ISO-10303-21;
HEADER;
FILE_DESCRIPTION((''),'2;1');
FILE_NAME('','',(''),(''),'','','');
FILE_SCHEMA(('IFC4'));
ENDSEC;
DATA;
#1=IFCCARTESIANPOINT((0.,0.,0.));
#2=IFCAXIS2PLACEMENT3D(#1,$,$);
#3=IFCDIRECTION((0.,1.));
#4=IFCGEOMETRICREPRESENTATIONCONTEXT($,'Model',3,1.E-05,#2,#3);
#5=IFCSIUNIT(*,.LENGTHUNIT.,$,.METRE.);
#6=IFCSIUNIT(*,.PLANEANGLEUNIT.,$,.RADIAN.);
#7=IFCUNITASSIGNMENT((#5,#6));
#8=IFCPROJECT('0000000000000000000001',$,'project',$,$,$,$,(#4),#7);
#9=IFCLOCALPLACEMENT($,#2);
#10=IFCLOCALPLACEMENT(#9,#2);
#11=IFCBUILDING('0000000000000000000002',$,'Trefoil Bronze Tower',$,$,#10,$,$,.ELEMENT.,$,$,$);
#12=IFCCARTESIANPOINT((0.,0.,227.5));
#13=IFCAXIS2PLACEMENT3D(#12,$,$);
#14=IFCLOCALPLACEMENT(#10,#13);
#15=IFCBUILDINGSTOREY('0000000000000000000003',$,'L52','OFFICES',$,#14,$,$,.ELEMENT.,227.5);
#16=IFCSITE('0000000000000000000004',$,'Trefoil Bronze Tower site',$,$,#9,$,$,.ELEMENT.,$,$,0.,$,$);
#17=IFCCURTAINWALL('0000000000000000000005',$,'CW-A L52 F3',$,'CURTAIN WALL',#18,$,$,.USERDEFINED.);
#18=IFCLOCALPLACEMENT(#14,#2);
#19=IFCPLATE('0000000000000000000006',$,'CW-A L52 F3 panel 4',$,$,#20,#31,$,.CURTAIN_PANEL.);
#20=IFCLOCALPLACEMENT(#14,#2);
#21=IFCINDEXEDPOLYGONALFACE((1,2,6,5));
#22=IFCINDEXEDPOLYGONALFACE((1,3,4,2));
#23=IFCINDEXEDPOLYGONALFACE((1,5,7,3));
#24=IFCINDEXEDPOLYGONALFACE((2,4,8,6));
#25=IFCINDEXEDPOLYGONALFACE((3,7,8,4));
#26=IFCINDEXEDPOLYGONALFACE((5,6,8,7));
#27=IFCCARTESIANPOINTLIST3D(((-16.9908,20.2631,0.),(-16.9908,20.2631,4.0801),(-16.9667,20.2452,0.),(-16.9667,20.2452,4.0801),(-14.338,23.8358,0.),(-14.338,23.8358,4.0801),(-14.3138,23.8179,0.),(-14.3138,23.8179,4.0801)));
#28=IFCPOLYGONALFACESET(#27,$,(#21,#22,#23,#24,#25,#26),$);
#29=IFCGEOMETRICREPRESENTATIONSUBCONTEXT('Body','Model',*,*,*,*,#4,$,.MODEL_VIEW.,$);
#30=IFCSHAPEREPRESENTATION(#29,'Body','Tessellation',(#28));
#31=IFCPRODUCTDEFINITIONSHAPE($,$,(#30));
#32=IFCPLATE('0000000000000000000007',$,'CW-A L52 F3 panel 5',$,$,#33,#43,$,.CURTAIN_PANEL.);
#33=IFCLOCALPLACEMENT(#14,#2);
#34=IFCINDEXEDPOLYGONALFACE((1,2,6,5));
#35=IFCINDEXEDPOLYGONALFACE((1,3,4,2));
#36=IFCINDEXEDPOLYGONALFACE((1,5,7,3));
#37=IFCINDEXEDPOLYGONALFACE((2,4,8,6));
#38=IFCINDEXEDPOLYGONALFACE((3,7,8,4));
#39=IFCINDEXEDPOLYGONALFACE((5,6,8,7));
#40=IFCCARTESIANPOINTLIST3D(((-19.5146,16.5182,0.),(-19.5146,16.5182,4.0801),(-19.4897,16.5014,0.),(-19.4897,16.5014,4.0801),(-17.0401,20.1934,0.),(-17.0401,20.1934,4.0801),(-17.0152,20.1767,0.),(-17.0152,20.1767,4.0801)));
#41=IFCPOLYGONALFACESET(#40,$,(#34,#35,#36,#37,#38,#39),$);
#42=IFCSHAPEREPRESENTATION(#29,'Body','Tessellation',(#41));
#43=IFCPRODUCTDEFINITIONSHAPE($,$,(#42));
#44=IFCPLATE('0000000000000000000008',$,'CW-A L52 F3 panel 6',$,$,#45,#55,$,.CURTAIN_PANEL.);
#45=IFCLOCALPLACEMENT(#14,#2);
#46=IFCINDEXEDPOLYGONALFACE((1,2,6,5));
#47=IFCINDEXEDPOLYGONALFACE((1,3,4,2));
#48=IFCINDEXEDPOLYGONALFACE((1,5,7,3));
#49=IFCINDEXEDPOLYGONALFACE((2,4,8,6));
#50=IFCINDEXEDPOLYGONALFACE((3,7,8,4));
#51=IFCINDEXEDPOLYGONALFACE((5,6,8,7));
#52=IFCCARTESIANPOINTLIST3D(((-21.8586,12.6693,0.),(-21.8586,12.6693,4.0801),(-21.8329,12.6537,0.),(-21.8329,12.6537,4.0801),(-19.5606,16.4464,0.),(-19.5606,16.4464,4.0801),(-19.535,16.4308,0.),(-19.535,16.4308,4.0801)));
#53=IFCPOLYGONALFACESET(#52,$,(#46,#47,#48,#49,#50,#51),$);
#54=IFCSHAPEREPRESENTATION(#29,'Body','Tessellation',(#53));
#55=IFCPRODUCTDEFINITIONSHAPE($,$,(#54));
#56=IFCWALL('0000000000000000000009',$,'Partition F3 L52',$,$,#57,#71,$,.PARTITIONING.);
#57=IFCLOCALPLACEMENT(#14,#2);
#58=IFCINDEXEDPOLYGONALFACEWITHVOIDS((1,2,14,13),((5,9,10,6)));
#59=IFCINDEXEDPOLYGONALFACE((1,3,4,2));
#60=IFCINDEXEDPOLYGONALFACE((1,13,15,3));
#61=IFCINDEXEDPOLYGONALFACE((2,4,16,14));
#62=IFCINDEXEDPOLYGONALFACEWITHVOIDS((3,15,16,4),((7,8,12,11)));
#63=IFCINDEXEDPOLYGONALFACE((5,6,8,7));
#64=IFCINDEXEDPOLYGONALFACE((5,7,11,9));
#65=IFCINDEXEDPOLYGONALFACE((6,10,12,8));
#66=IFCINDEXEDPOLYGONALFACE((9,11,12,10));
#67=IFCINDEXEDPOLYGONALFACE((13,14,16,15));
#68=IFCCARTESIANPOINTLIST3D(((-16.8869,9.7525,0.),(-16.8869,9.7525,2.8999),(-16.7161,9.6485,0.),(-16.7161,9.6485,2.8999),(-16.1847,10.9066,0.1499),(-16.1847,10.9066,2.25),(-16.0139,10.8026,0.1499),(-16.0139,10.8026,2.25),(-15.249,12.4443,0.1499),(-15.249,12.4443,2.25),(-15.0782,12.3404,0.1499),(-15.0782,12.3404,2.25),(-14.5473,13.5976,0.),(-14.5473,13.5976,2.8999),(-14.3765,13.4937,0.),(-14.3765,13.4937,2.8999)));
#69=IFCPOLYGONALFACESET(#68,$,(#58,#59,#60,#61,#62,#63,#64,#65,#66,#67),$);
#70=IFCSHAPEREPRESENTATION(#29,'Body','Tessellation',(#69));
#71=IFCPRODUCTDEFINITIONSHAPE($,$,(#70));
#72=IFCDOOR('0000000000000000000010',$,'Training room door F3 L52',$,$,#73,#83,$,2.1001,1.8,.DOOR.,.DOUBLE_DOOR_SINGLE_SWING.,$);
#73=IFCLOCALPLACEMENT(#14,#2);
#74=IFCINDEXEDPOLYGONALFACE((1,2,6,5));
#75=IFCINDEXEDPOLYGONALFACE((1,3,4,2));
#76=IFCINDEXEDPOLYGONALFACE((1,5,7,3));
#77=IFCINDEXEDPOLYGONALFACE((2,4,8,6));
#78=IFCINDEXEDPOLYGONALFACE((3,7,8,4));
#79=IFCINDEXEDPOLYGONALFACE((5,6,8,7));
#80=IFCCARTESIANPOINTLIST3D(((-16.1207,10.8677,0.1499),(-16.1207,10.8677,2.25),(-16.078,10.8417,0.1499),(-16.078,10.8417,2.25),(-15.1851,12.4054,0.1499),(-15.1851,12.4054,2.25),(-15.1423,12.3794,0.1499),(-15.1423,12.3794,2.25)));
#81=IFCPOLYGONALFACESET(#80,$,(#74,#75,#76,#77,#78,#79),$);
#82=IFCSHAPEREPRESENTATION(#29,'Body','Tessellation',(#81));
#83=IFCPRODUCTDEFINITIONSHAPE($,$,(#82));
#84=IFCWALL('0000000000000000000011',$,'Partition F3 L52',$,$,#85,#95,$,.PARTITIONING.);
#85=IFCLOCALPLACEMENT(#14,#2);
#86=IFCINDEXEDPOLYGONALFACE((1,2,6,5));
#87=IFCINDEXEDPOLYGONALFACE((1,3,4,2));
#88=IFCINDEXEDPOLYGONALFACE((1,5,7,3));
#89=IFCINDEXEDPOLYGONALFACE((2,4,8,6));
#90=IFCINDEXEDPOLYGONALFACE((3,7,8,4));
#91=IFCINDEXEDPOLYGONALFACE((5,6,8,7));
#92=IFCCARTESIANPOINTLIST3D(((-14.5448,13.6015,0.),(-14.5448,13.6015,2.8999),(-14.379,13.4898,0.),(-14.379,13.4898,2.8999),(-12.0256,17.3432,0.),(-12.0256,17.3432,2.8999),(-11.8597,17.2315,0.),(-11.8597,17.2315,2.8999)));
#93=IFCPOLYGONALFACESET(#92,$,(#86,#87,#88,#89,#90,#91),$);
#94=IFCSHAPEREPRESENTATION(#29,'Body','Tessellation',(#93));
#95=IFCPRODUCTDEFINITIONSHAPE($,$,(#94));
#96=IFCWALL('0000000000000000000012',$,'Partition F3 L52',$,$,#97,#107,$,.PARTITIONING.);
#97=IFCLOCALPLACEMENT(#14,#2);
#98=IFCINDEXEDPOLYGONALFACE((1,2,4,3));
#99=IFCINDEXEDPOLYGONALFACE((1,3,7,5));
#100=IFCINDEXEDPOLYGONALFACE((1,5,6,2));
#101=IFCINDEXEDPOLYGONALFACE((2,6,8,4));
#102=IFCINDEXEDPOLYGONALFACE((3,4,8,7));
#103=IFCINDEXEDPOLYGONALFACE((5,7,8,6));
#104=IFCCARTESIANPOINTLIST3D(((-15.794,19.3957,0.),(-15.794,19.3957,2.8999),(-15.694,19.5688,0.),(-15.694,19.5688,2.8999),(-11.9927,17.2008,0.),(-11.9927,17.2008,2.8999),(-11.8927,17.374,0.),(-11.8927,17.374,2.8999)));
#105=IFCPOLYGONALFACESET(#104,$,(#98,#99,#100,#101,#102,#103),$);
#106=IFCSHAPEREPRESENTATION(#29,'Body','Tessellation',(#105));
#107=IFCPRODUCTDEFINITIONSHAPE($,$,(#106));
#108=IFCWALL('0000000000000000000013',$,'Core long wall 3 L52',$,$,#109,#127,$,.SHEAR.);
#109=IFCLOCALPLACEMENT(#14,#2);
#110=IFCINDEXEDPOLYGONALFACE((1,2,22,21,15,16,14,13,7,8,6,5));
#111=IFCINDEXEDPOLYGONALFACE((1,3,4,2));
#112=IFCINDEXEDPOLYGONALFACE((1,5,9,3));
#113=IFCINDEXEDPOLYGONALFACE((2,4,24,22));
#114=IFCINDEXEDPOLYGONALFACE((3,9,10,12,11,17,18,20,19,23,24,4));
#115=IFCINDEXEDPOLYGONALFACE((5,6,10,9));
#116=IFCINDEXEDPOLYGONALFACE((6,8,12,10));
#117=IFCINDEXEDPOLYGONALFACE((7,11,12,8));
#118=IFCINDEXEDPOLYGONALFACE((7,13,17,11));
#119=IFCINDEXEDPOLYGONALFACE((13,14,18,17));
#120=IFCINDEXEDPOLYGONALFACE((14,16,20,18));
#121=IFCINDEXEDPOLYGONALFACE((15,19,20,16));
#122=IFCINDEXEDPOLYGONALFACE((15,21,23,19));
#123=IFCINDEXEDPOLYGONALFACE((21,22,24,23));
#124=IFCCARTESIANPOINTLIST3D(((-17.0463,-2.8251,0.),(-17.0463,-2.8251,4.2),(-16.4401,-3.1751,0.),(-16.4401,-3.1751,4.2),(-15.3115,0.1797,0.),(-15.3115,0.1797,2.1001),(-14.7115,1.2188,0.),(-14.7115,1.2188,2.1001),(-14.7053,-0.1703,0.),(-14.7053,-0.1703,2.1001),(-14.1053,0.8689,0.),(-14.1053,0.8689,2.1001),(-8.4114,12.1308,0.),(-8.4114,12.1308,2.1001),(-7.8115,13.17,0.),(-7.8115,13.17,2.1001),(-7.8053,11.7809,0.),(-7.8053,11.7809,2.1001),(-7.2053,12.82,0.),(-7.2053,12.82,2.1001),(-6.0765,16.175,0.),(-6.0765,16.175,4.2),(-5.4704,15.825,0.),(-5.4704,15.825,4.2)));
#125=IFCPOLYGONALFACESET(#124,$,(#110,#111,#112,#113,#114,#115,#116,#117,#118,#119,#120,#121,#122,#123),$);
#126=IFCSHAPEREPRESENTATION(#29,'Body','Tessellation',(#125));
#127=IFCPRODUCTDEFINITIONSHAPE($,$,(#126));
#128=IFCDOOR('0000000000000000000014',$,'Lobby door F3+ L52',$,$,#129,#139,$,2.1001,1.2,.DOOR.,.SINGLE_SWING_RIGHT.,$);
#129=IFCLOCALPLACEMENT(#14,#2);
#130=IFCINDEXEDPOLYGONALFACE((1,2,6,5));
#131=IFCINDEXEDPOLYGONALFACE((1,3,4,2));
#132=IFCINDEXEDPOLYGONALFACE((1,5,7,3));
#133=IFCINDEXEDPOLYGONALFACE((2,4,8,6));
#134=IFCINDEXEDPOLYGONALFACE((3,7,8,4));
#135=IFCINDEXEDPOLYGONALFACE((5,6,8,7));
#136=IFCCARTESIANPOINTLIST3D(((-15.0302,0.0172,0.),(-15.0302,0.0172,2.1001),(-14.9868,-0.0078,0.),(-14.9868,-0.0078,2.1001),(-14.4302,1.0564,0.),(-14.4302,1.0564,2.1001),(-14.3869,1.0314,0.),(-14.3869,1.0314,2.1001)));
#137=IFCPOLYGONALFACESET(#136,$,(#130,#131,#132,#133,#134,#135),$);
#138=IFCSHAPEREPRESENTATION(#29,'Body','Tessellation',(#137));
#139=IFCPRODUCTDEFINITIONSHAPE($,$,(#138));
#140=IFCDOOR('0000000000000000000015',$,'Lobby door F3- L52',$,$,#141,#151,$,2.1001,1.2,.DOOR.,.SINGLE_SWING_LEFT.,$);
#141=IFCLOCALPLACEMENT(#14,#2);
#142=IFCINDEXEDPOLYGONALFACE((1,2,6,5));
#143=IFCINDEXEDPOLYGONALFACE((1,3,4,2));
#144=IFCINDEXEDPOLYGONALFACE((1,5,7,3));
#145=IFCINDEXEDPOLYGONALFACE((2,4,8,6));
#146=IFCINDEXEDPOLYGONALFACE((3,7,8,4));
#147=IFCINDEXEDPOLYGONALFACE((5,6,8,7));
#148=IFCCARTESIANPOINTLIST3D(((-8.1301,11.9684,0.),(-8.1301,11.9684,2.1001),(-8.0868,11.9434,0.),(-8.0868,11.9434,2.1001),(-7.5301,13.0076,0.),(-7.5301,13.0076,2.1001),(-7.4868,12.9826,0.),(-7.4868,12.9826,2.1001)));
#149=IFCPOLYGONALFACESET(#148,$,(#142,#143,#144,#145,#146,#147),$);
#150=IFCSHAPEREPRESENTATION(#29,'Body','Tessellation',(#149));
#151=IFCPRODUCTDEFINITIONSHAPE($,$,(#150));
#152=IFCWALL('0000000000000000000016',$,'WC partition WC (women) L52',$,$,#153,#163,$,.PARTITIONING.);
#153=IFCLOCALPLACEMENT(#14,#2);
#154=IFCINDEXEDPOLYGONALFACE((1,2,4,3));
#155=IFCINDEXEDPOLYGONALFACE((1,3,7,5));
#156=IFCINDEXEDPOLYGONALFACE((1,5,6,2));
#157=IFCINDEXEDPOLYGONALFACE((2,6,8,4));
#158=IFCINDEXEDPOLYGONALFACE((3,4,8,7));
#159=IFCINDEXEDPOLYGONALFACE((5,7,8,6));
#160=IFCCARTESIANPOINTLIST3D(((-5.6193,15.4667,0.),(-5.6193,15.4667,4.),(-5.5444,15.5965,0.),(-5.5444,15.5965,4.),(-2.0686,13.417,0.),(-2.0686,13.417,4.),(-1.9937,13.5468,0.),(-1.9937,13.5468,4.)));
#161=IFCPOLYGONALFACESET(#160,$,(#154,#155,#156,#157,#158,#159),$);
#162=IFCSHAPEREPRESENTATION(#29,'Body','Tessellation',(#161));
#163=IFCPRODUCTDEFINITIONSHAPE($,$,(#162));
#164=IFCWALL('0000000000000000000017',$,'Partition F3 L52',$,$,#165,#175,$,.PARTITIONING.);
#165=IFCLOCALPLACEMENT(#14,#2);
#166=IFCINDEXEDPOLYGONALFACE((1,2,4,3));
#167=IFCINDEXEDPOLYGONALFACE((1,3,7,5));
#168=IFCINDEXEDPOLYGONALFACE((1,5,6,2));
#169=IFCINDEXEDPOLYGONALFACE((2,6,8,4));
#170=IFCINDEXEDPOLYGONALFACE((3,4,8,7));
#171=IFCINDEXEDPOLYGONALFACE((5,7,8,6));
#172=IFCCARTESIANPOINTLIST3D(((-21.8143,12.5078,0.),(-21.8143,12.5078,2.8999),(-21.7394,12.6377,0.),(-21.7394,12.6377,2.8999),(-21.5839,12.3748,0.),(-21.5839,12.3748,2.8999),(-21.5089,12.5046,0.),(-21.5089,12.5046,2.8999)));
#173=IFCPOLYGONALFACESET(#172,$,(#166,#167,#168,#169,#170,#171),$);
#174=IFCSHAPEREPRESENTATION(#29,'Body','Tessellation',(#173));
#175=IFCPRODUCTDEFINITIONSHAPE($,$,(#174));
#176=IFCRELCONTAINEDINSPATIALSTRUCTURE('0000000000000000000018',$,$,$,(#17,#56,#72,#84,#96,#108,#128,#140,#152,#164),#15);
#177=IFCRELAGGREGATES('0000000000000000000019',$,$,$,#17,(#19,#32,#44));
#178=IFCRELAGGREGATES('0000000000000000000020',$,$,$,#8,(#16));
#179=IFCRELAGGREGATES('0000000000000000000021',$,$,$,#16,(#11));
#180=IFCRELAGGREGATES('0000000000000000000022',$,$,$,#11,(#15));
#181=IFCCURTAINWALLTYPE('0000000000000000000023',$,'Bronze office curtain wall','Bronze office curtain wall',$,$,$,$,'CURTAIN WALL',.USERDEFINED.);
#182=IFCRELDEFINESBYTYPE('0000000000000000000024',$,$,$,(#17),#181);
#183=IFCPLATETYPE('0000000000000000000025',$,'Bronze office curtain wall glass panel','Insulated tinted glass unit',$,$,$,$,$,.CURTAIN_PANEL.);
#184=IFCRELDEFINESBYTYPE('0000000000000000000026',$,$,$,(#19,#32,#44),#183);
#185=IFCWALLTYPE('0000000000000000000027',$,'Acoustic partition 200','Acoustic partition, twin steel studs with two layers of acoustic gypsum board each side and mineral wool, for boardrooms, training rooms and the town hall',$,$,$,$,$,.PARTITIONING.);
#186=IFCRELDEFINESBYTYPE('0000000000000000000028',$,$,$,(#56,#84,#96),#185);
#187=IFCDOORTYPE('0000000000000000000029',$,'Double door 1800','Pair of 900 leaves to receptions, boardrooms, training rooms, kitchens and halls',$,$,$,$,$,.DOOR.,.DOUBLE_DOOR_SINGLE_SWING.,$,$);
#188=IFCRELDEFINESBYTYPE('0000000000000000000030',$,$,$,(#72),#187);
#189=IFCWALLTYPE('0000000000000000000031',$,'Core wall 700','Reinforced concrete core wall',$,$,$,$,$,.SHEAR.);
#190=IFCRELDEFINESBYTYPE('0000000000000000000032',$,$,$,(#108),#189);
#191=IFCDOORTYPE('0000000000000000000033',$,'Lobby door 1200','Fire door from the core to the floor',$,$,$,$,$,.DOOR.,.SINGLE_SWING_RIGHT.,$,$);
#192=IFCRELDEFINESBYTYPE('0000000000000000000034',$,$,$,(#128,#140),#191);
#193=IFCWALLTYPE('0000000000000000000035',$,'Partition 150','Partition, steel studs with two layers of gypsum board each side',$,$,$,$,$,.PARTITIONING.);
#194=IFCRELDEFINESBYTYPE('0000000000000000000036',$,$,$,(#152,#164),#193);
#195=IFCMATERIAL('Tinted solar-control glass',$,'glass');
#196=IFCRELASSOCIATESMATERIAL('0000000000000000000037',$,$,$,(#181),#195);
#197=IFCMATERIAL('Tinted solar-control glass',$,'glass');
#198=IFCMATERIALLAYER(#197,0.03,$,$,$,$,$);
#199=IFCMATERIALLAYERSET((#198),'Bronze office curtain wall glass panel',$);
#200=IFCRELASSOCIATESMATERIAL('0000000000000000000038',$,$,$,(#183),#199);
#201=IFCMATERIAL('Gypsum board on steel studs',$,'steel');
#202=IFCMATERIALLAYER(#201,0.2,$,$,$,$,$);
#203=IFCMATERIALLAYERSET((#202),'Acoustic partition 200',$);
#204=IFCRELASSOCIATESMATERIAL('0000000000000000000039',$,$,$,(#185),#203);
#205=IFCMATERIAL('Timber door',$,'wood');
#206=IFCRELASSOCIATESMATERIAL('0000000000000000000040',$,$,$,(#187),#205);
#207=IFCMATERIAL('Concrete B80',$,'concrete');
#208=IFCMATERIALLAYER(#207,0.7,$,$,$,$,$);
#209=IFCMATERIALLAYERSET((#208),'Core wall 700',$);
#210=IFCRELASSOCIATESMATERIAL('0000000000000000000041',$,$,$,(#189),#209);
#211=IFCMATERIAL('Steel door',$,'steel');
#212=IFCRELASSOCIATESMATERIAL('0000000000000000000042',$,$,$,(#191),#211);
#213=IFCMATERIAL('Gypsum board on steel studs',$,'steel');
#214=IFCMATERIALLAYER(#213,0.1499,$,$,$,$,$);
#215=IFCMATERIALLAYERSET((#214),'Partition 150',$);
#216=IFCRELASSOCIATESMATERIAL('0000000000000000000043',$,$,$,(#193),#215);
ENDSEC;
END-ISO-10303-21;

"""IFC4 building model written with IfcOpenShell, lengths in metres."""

from ifc_helpers import new_model, si_unit, direction, frame, frame_2d, origin, origin_2d, place, context, subcontext, project, spatial, rectangle, extrude, material, layer, layer_set, type_object, element, fill, aggregate, save


model = new_model("IFC4")

# Units and contexts
model_context = context("Model", 3, precision=1e-05, world=origin(), true_north=direction((0.0, 1.0)))
body_context = subcontext(model_context, "Body", "Model", "MODEL_VIEW")
ifc_project = project(units=[si_unit("LENGTHUNIT", "METRE"), si_unit("PLANEANGLEUNIT", "RADIAN")], contexts=[model_context])

# Site, building, storey
site_placement = place(None, origin())
site = spatial("IfcSite", under=ifc_project, at=site_placement, Name="Trefoil Bronze Tower site", CompositionType="ELEMENT", RefElevation=0.0)
building_placement = place(site_placement, origin())
building = spatial("IfcBuilding", under=site, at=building_placement, Name="Trefoil Bronze Tower", CompositionType="ELEMENT")
storey_placement = place(building_placement, frame((0.0, 0.0, 227.5)))
storey = spatial("IfcBuildingStorey", under=building, at=storey_placement, Name="L52", Description="OFFICES", CompositionType="ELEMENT", Elevation=227.5)

# Curtain wall
ifc_material_1 = material(Name="Tinted solar-control glass", Category="glass")
curtain_wall_type = type_object("IfcCurtainWallType", Name="Bronze office curtain wall", Description="Bronze office curtain wall", ElementType="CURTAIN WALL", PredefinedType="USERDEFINED", material=ifc_material_1)
curtain_wall_placement = place(storey_placement, origin())
curtain_wall = element("IfcCurtainWall", 1, at=curtain_wall_placement, inside=storey, type_object=curtain_wall_type, Name="CW-A L52 F3", ObjectType="CURTAIN WALL", PredefinedType="USERDEFINED")

# Plates
ifc_material_2 = material(Name="Tinted solar-control glass", Category="glass")
ifc_layer_1 = layer(ifc_material_2, 0.03)
ifc_layer_set_1 = layer_set([ifc_layer_1], Name="Bronze office curtain wall glass panel")
plate_type = type_object("IfcPlateType", Name="Bronze office curtain wall glass panel", Description="Insulated tinted glass unit", PredefinedType="CURTAIN_PANEL", material=ifc_layer_set_1)
plate_1_placement = place(storey_placement, frame((-15.6523, 22.0405, 0.0), z_axis=(0.0, 0.0, 1.0), x_axis=(-0.596162, -0.802865, 0.0)))
plate_1 = element("IfcPlate", 2, at=plate_1_placement, type_object=plate_type, Name="CW-A L52 F3 panel 4", PredefinedType="CURTAIN_PANEL", context=body_context, shape_type="SweptSolid", body=[
    extrude(rectangle(XDim=4.45, YDim=0.03, at=origin_2d()), origin(), (0.0, 0.0, 1.0), 4.0801),
])
plate_2_placement = place(storey_placement, frame((-18.2649, 18.3474, 0.0), z_axis=(0.0, 0.0, 1.0), x_axis=(-0.558493, -0.829509, 0.0)))
plate_2 = element("IfcPlate", 3, at=plate_2_placement, type_object=plate_type, Name="CW-A L52 F3 panel 5", PredefinedType="CURTAIN_PANEL", context=body_context, shape_type="SweptSolid", body=[
    extrude(rectangle(XDim=4.4307, YDim=0.03, at=origin_2d()), origin(), (0.0, 0.0, 1.0), 4.0801),
])
plate_3_placement = place(storey_placement, frame((-20.6968, 14.55, 0.0), z_axis=(0.0, 0.0, 1.0), x_axis=(-0.519762, -0.854311, 0.0)))
plate_3 = element("IfcPlate", 4, at=plate_3_placement, type_object=plate_type, Name="CW-A L52 F3 panel 6", PredefinedType="CURTAIN_PANEL", context=body_context, shape_type="SweptSolid", body=[
    extrude(rectangle(XDim=4.4211, YDim=0.03, at=origin_2d()), origin(), (0.0, 0.0, 1.0), 4.0801),
])
aggregate(curtain_wall, [plate_1, plate_2, plate_3])

# Wall, opening, door
ifc_material_3 = material(Name="Gypsum board on steel studs", Category="steel")
ifc_layer_2 = layer(ifc_material_3, 0.2)
ifc_layer_set_2 = layer_set([ifc_layer_2], Name="Acoustic partition 200")
wall_type_1 = type_object("IfcWallType", Name="Acoustic partition 200", Description="Acoustic partition, twin steel studs with two layers of acoustic gypsum board each side and mineral wool, for boardrooms, training rooms and the town hall", PredefinedType="PARTITIONING", material=ifc_layer_set_2)
wall_1_placement = place(storey_placement, frame((-14.4619, 13.5457, 0.0), z_axis=(0.0, 0.0, 1.0), x_axis=(-0.51979, -0.854294, 0.0)))
wall_1 = element("IfcWall", 5, at=wall_1_placement, inside=storey, type_object=wall_type_1, Name="Partition F3 L52", PredefinedType="PARTITIONING", context=body_context, shape_type="SweptSolid", body=[
    extrude(rectangle(XDim=4.501, YDim=0.2, at=frame_2d((2.2505, 0.0))), origin(), (0.0, 0.0, 1.0), 2.8999),
])
opening_1_placement = place(wall_1_placement, frame((1.3501, 0.0, 0.1499)))
opening_1 = element("IfcOpeningElement", 6, at=opening_1_placement, cuts=wall_1, PredefinedType="OPENING", context=body_context, shape_type="SweptSolid", body=[
    extrude(rectangle(XDim=1.8, YDim=2.1001, at=frame_2d((0.8999, 1.05))), frame((0.0, 0.1099, 0.0), z_axis=(0.0, -1.0, 0.0), x_axis=(1.0, 0.0, 0.0)), (0.0, 0.0, 1.0), 0.22),
])
ifc_material_4 = material(Name="Timber door", Category="wood")
door_type_1 = type_object("IfcDoorType", Name="Double door 1800", Description="Pair of 900 leaves to receptions, boardrooms, training rooms, kitchens and halls", OperationType="DOUBLE_DOOR_SINGLE_SWING", PredefinedType="DOOR", material=ifc_material_4)
door_1_placement = place(opening_1_placement, origin())
door_1 = element("IfcDoor", 7, at=door_1_placement, inside=storey, type_object=door_type_1, Name="Training room door F3 L52", OperationType="DOUBLE_DOOR_SINGLE_SWING", OverallHeight=2.1001, OverallWidth=1.8, PredefinedType="DOOR", context=body_context, shape_type="SweptSolid", body=[
    extrude(rectangle(XDim=1.8, YDim=2.1001, at=frame_2d((0.8999, 1.05))), frame((0.0, 0.0249, 0.0), z_axis=(0.0, -1.0, 0.0), x_axis=(1.0, 0.0, 0.0)), (0.0, 0.0, 1.0), 0.05),
])
fill(opening_1, door_1)

# Walls
wall_2_placement = place(storey_placement, frame((-11.9426, 17.2874, 0.0), z_axis=(0.0, 0.0, 1.0), x_axis=(-0.558504, -0.829502, 0.0)))
element("IfcWall", 8, at=wall_2_placement, inside=storey, type_object=wall_type_1, Name="Partition F3 L52", PredefinedType="PARTITIONING", context=body_context, shape_type="SweptSolid", body=[
    extrude(rectangle(XDim=4.5107, YDim=0.2, at=frame_2d((2.2554, 0.0))), origin(), (0.0, 0.0, 1.0), 2.8999),
])
wall_3_placement = place(storey_placement, frame((-11.9426, 17.2874, 0.0), z_axis=(0.0, 0.0, 1.0), x_axis=(-0.86601, 0.500027, 0.0)))
element("IfcWall", 9, at=wall_3_placement, inside=storey, type_object=wall_type_1, Name="Partition F3 L52", PredefinedType="PARTITIONING", context=body_context, shape_type="SweptSolid", body=[
    extrude(rectangle(XDim=4.3894, YDim=0.2, at=frame_2d((2.1948, 0.0))), origin(), (0.0, 0.0, 1.0), 2.8999),
])

# Wall, openings, doors
ifc_material_5 = material(Name="Concrete B80", Category="concrete")
ifc_layer_3 = layer(ifc_material_5, 0.7)
ifc_layer_set_3 = layer_set([ifc_layer_3], Name="Core wall 700")
wall_type_2 = type_object("IfcWallType", Name="Core wall 700", Description="Reinforced concrete core wall", PredefinedType="SHEAR", material=ifc_layer_set_3)
wall_4_placement = place(storey_placement, frame((-5.7734, 16.0, 0.0), z_axis=(0.0, 0.0, 1.0), x_axis=(-0.500002, -0.866024, 0.0)))
wall_4 = element("IfcWall", 10, at=wall_4_placement, inside=storey, type_object=wall_type_2, Name="Core long wall 3 L52", PredefinedType="SHEAR", context=body_context, shape_type="SweptSolid", body=[
    extrude(rectangle(XDim=21.9395, YDim=0.7, at=frame_2d((10.9697, 0.0))), origin(), (0.0, 0.0, 1.0), 4.2),
])
opening_2_placement = place(wall_4_placement, frame((17.2698, 0.0, 0.0)))
opening_2 = element("IfcOpeningElement", 11, at=opening_2_placement, cuts=wall_4, PredefinedType="OPENING", context=body_context, shape_type="SweptSolid", body=[
    extrude(rectangle(XDim=1.2, YDim=2.1001, at=frame_2d((0.6001, 1.05))), frame((0.0, 0.3599, 0.0), z_axis=(0.0, -1.0, 0.0), x_axis=(1.0, 0.0, 0.0)), (0.0, 0.0, 1.0), 0.72),
])
opening_3_placement = place(wall_4_placement, frame((3.4697, 0.0, 0.0)))
opening_3 = element("IfcOpeningElement", 12, at=opening_3_placement, cuts=wall_4, PredefinedType="OPENING", context=body_context, shape_type="SweptSolid", body=[
    extrude(rectangle(XDim=1.2, YDim=2.1001, at=frame_2d((0.6001, 1.05))), frame((0.0, 0.3599, 0.0), z_axis=(0.0, -1.0, 0.0), x_axis=(1.0, 0.0, 0.0)), (0.0, 0.0, 1.0), 0.72),
])
ifc_material_6 = material(Name="Steel door", Category="steel")
door_type_2 = type_object("IfcDoorType", Name="Lobby door 1200", Description="Fire door from the core to the floor", OperationType="SINGLE_SWING_RIGHT", PredefinedType="DOOR", material=ifc_material_6)
door_2_placement = place(opening_2_placement, origin())
door_2 = element("IfcDoor", 13, at=door_2_placement, inside=storey, type_object=door_type_2, Name="Lobby door F3+ L52", OperationType="SINGLE_SWING_RIGHT", OverallHeight=2.1001, OverallWidth=1.2, PredefinedType="DOOR", context=body_context, shape_type="SweptSolid", body=[
    extrude(rectangle(XDim=1.2, YDim=2.1001, at=frame_2d((0.6001, 1.05))), frame((0.0, 0.0249, 0.0), z_axis=(0.0, -1.0, 0.0), x_axis=(1.0, 0.0, 0.0)), (0.0, 0.0, 1.0), 0.05),
])
fill(opening_2, door_2)
door_3_placement = place(opening_3_placement, origin())
door_3 = element("IfcDoor", 14, at=door_3_placement, inside=storey, type_object=door_type_2, Name="Lobby door F3- L52", OperationType="SINGLE_SWING_LEFT", OverallHeight=2.1001, OverallWidth=1.2, PredefinedType="DOOR", context=body_context, shape_type="SweptSolid", body=[
    extrude(rectangle(XDim=1.2, YDim=2.1001, at=frame_2d((0.6001, 1.05))), frame((0.0, 0.0249, 0.0), z_axis=(0.0, -1.0, 0.0), x_axis=(1.0, 0.0, 0.0)), (0.0, 0.0, 1.0), 0.05),
])
fill(opening_3, door_3)

# Walls
ifc_material_7 = material(Name="Gypsum board on steel studs", Category="steel")
ifc_layer_4 = layer(ifc_material_7, 0.1499)
ifc_layer_set_4 = layer_set([ifc_layer_4], Name="Partition 150")
wall_type_3 = type_object("IfcWallType", Name="Partition 150", Description="Partition, steel studs with two layers of gypsum board each side", PredefinedType="PARTITIONING", material=ifc_layer_set_4)
wall_5_placement = place(storey_placement, frame((-2.0312, 13.4819, 0.0), z_axis=(0.0, 0.0, 1.0), x_axis=(-0.866051, 0.499956, 0.0)))
element("IfcWall", 15, at=wall_5_placement, inside=storey, type_object=wall_type_3, Name="WC partition WC (women) L52", PredefinedType="PARTITIONING", context=body_context, shape_type="SweptSolid", body=[
    extrude(rectangle(XDim=4.0999, YDim=0.1499, at=frame_2d((2.0498, 0.0))), origin(), (0.0, 0.0, 1.0), 4.0),
])
wall_6_placement = place(storey_placement, frame((-21.5464, 12.4397, 0.0), z_axis=(0.0, 0.0, 1.0), x_axis=(-0.866033, 0.499987, 0.0)))
element("IfcWall", 16, at=wall_6_placement, inside=storey, type_object=wall_type_3, Name="Partition F3 L52", PredefinedType="PARTITIONING", context=body_context, shape_type="SweptSolid", body=[
    extrude(rectangle(XDim=0.2661, YDim=0.1499, at=frame_2d((0.1331, 0.0))), origin(), (0.0, 0.0, 1.0), 2.8999),
])

save(model, "model.ifc")
